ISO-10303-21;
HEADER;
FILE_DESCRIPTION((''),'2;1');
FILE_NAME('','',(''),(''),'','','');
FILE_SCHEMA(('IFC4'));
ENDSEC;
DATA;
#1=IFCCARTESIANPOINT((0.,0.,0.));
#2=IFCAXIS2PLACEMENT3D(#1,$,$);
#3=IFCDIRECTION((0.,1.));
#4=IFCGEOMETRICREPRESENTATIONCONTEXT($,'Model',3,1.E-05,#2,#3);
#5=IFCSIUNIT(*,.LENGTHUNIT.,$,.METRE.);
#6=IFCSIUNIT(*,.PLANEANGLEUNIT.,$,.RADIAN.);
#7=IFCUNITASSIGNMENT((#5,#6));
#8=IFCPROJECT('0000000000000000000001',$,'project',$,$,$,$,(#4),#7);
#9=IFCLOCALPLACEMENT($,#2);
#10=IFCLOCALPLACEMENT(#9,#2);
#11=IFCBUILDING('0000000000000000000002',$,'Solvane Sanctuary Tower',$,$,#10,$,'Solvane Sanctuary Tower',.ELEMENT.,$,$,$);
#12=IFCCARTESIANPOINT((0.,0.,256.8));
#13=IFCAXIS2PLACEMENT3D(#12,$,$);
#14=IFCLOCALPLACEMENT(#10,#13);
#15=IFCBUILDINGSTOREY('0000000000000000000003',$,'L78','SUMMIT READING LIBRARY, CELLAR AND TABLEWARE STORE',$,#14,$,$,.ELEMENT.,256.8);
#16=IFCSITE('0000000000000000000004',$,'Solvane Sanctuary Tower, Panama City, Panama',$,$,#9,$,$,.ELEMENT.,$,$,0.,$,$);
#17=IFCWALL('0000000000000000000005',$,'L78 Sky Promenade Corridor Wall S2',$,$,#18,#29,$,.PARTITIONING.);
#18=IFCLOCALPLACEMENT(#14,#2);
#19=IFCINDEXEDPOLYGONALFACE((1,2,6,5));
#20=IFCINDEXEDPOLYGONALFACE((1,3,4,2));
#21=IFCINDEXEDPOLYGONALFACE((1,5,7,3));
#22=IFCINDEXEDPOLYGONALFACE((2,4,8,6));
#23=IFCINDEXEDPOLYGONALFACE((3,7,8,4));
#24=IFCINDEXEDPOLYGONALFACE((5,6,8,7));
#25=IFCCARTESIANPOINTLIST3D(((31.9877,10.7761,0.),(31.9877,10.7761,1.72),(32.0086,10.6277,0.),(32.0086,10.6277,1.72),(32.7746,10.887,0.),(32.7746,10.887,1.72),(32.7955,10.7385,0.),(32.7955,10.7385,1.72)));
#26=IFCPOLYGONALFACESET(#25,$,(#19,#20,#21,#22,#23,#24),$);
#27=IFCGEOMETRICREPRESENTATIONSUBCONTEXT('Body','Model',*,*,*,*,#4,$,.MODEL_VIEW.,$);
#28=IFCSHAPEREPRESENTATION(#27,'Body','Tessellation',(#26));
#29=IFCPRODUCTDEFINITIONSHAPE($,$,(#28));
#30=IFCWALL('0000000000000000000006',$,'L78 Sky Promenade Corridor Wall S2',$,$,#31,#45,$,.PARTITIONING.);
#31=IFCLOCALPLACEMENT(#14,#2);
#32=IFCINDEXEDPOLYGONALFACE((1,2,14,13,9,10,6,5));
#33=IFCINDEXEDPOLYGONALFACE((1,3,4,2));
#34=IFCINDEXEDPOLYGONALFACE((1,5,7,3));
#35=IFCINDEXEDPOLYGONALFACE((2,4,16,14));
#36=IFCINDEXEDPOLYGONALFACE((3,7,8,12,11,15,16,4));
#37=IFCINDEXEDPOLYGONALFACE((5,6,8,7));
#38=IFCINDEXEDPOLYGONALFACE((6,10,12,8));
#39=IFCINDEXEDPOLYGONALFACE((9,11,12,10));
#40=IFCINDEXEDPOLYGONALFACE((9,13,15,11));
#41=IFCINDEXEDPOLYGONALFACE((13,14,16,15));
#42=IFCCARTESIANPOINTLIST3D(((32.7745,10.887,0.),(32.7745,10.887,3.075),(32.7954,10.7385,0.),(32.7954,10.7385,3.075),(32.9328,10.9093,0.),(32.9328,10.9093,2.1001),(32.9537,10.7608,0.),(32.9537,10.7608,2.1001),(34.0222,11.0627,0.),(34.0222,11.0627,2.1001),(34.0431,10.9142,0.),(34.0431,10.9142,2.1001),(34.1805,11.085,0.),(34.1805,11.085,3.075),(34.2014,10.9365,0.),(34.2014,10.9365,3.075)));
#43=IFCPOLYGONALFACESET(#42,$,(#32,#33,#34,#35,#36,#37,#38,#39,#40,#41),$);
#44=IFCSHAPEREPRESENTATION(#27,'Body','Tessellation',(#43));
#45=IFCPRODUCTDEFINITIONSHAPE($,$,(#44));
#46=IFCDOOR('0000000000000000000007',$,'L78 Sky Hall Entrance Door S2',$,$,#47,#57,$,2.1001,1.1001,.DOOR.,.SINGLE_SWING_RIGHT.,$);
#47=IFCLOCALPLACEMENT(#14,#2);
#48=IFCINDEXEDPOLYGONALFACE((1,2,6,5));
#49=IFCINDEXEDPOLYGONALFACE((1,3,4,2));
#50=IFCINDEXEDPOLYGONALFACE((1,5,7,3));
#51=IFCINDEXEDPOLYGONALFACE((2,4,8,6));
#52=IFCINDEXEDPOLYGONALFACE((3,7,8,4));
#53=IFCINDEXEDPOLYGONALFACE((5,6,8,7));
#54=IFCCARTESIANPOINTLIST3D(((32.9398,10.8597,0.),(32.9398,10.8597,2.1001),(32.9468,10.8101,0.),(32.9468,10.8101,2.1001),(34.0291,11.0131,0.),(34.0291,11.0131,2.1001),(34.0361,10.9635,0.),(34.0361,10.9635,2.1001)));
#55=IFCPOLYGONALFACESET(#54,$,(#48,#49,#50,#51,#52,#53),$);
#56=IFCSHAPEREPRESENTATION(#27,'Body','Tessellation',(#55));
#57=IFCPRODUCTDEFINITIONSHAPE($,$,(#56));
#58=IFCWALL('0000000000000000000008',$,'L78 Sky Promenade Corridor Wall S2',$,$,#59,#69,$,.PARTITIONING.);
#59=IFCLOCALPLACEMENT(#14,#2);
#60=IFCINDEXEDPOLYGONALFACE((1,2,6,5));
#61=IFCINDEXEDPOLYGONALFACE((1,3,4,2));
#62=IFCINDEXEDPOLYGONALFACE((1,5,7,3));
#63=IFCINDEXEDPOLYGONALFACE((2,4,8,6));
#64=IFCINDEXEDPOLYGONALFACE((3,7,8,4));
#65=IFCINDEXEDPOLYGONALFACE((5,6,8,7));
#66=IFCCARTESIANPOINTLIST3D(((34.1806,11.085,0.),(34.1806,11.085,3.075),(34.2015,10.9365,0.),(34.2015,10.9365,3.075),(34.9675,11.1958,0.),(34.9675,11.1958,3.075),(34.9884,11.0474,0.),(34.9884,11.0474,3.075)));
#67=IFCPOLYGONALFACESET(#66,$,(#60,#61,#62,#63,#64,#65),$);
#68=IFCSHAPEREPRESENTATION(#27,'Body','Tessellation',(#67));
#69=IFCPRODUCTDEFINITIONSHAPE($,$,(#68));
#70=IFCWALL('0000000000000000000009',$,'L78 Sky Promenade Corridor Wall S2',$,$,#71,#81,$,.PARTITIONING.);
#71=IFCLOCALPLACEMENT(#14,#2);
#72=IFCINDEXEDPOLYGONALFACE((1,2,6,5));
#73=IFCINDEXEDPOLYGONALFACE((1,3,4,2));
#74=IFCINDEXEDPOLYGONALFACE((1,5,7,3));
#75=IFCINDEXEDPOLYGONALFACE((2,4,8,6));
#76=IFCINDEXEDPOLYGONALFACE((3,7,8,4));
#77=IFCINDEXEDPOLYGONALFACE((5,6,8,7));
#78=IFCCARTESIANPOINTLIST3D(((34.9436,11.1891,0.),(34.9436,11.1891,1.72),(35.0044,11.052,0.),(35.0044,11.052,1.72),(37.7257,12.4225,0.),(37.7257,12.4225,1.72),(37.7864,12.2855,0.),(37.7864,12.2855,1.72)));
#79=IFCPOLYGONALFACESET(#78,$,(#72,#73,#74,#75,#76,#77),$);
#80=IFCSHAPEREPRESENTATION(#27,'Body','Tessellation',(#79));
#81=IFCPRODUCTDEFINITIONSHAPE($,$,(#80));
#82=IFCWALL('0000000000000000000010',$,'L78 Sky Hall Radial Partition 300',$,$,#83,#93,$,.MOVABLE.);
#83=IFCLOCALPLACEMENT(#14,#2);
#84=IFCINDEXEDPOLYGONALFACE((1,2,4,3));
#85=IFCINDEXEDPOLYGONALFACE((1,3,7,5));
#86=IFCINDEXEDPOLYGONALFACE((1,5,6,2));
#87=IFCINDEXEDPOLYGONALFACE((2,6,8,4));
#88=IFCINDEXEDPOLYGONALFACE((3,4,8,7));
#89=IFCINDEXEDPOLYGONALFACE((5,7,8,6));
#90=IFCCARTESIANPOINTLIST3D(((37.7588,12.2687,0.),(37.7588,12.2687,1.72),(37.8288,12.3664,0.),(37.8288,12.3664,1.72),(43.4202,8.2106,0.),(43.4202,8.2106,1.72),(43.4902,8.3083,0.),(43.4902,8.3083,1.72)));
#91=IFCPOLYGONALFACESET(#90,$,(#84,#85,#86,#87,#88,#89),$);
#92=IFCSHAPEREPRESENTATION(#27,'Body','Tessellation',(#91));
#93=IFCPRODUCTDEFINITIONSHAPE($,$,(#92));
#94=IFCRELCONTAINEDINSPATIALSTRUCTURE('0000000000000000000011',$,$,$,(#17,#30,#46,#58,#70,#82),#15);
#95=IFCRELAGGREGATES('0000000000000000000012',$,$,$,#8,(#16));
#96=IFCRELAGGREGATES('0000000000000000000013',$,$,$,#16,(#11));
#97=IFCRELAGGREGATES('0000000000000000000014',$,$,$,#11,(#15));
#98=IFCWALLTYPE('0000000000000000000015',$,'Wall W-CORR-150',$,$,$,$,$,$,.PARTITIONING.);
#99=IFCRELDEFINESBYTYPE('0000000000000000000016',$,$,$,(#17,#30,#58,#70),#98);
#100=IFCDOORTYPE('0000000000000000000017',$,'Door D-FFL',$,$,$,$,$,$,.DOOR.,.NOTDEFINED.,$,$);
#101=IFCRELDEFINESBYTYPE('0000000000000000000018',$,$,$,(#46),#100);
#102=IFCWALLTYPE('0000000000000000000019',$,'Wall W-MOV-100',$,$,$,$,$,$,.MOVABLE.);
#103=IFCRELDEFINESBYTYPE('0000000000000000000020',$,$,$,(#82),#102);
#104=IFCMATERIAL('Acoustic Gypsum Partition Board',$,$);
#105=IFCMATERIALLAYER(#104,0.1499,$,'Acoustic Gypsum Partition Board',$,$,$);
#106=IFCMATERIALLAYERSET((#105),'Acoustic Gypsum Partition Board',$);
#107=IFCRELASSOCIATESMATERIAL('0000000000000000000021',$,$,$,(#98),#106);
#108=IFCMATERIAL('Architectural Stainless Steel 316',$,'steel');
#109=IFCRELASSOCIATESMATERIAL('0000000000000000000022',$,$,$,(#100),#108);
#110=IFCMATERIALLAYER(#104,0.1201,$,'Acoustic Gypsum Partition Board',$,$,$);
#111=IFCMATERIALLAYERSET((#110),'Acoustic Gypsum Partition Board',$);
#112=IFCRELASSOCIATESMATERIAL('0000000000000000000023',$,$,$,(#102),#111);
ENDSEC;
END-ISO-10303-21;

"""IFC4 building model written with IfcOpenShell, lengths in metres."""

from ifc_helpers import new_model, si_unit, direction, frame, frame_2d, origin, place, context, subcontext, project, spatial, rectangle, extrude, material, layer, layer_set, type_object, element, fill, save


model = new_model("IFC4")

# Units and contexts
model_context = context("Model", 3, precision=1e-05, world=origin(), true_north=direction((0.0, 1.0)))
body_context = subcontext(model_context, "Body", "Model", "MODEL_VIEW")
ifc_project = project(units=[si_unit("LENGTHUNIT", "METRE"), si_unit("PLANEANGLEUNIT", "RADIAN")], contexts=[model_context])

# Site, building, storey
site_placement = place(None, origin())
site = spatial("IfcSite", under=ifc_project, at=site_placement, Name="Solvane Sanctuary Tower, Panama City, Panama", CompositionType="ELEMENT", RefElevation=0.0)
building_placement = place(site_placement, origin())
building = spatial("IfcBuilding", under=site, at=building_placement, Name="Solvane Sanctuary Tower", LongName="Solvane Sanctuary Tower", CompositionType="ELEMENT")
storey_placement = place(building_placement, frame((0.0, 0.0, 256.8)))
storey = spatial("IfcBuildingStorey", under=building, at=storey_placement, Name="L78", Description="SUMMIT READING LIBRARY, CELLAR AND TABLEWARE STORE", CompositionType="ELEMENT", Elevation=256.8)

# Wall
ifc_material_1 = material(Name="Acoustic Gypsum Partition Board")
ifc_layer_1 = layer(ifc_material_1, 0.1499, Name="Acoustic Gypsum Partition Board")
ifc_layer_set_1 = layer_set([ifc_layer_1], Name="Acoustic Gypsum Partition Board")
wall_type_1 = type_object("IfcWallType", Name="Wall W-CORR-150", PredefinedType="PARTITIONING", material=ifc_layer_set_1)
wall_1_placement = place(storey_placement, frame((31.998, 10.7019, 0.0), z_axis=(0.0, 0.0, 1.0), x_axis=(0.990224, 0.139485, 0.0)))
element("IfcWall", 1, at=wall_1_placement, inside=storey, type_object=wall_type_1, Name="L78 Sky Promenade Corridor Wall S2", PredefinedType="PARTITIONING", context=body_context, shape_type="SweptSolid", body=[
    extrude(rectangle(XDim=0.7947, YDim=0.1499, at=frame_2d((0.3975, 0.0))), origin(), (0.0, 0.0, 1.0), 1.72),
])

# Wall, opening, door
wall_2_placement = place(storey_placement, frame((32.7849, 10.8127, 0.0), z_axis=(0.0, 0.0, 1.0), x_axis=(0.99023, 0.139447, 0.0)))
wall_2 = element("IfcWall", 2, at=wall_2_placement, inside=storey, type_object=wall_type_1, Name="L78 Sky Promenade Corridor Wall S2", PredefinedType="PARTITIONING", context=body_context, shape_type="SweptSolid", body=[
    extrude(rectangle(XDim=1.4199, YDim=0.1499, at=frame_2d((0.71, 0.0))), origin(), (0.0, 0.0, 1.0), 3.075),
])
opening_placement = place(wall_2_placement, frame((0.1599, 0.0, 0.0)))
opening = element("IfcOpeningElement", 3, at=opening_placement, cuts=wall_2, PredefinedType="OPENING", context=body_context, shape_type="SweptSolid", body=[
    extrude(rectangle(XDim=1.1001, YDim=2.1001, at=frame_2d((0.55, 1.05))), frame((0.0, 0.085, 0.0), z_axis=(0.0, -1.0, 0.0), x_axis=(1.0, 0.0, 0.0)), (0.0, 0.0, 1.0), 0.1699),
])
ifc_material_2 = material(Name="Architectural Stainless Steel 316", Category="steel")
door_type = type_object("IfcDoorType", Name="Door D-FFL", OperationType="NOTDEFINED", PredefinedType="DOOR", material=ifc_material_2)
door_placement = place(opening_placement, origin())
door = element("IfcDoor", 4, at=door_placement, inside=storey, type_object=door_type, Name="L78 Sky Hall Entrance Door S2", OperationType="SINGLE_SWING_RIGHT", OverallHeight=2.1001, OverallWidth=1.1001, PredefinedType="DOOR", context=body_context, shape_type="SweptSolid", body=[
    extrude(rectangle(XDim=1.1001, YDim=2.1001, at=frame_2d((0.55, 1.05))), frame((0.0, 0.0249, 0.0), z_axis=(0.0, -1.0, 0.0), x_axis=(1.0, 0.0, 0.0)), (0.0, 0.0, 1.0), 0.05),
])
fill(opening, door)

# Walls
wall_3_placement = place(storey_placement, frame((34.1909, 11.0107, 0.0), z_axis=(0.0, 0.0, 1.0), x_axis=(0.990224, 0.139485, 0.0)))
element("IfcWall", 5, at=wall_3_placement, inside=storey, type_object=wall_type_1, Name="L78 Sky Promenade Corridor Wall S2", PredefinedType="PARTITIONING", context=body_context, shape_type="SweptSolid", body=[
    extrude(rectangle(XDim=0.7947, YDim=0.1499, at=frame_2d((0.3975, 0.0))), origin(), (0.0, 0.0, 1.0), 3.075),
])
wall_4_placement = place(storey_placement, frame((34.9741, 11.1206, 0.0), z_axis=(0.0, 0.0, 1.0), x_axis=(0.914182, 0.405305, 0.0)))
element("IfcWall", 6, at=wall_4_placement, inside=storey, type_object=wall_type_1, Name="L78 Sky Promenade Corridor Wall S2", PredefinedType="PARTITIONING", context=body_context, shape_type="SweptSolid", body=[
    extrude(rectangle(XDim=3.0432, YDim=0.1499, at=frame_2d((1.5215, 0.0))), origin(), (0.0, 0.0, 1.0), 1.72),
])
ifc_layer_2 = layer(ifc_material_1, 0.1201, Name="Acoustic Gypsum Partition Board")
ifc_layer_set_2 = layer_set([ifc_layer_2], Name="Acoustic Gypsum Partition Board")
wall_type_2 = type_object("IfcWallType", Name="Wall W-MOV-100", PredefinedType="MOVABLE", material=ifc_layer_set_2)
wall_5_placement = place(storey_placement, frame((37.7937, 12.3176, 0.0), z_axis=(0.0, 0.0, 1.0), x_axis=(0.812764, -0.582593, 0.0)))
element("IfcWall", 7, at=wall_5_placement, inside=storey, type_object=wall_type_2, Name="L78 Sky Hall Radial Partition 300", PredefinedType="MOVABLE", context=body_context, shape_type="SweptSolid", body=[
    extrude(rectangle(XDim=6.9656, YDim=0.1201, at=frame_2d((3.4829, 0.0))), origin(), (0.0, 0.0, 1.0), 1.72),
])

save(model, "model.ifc")
